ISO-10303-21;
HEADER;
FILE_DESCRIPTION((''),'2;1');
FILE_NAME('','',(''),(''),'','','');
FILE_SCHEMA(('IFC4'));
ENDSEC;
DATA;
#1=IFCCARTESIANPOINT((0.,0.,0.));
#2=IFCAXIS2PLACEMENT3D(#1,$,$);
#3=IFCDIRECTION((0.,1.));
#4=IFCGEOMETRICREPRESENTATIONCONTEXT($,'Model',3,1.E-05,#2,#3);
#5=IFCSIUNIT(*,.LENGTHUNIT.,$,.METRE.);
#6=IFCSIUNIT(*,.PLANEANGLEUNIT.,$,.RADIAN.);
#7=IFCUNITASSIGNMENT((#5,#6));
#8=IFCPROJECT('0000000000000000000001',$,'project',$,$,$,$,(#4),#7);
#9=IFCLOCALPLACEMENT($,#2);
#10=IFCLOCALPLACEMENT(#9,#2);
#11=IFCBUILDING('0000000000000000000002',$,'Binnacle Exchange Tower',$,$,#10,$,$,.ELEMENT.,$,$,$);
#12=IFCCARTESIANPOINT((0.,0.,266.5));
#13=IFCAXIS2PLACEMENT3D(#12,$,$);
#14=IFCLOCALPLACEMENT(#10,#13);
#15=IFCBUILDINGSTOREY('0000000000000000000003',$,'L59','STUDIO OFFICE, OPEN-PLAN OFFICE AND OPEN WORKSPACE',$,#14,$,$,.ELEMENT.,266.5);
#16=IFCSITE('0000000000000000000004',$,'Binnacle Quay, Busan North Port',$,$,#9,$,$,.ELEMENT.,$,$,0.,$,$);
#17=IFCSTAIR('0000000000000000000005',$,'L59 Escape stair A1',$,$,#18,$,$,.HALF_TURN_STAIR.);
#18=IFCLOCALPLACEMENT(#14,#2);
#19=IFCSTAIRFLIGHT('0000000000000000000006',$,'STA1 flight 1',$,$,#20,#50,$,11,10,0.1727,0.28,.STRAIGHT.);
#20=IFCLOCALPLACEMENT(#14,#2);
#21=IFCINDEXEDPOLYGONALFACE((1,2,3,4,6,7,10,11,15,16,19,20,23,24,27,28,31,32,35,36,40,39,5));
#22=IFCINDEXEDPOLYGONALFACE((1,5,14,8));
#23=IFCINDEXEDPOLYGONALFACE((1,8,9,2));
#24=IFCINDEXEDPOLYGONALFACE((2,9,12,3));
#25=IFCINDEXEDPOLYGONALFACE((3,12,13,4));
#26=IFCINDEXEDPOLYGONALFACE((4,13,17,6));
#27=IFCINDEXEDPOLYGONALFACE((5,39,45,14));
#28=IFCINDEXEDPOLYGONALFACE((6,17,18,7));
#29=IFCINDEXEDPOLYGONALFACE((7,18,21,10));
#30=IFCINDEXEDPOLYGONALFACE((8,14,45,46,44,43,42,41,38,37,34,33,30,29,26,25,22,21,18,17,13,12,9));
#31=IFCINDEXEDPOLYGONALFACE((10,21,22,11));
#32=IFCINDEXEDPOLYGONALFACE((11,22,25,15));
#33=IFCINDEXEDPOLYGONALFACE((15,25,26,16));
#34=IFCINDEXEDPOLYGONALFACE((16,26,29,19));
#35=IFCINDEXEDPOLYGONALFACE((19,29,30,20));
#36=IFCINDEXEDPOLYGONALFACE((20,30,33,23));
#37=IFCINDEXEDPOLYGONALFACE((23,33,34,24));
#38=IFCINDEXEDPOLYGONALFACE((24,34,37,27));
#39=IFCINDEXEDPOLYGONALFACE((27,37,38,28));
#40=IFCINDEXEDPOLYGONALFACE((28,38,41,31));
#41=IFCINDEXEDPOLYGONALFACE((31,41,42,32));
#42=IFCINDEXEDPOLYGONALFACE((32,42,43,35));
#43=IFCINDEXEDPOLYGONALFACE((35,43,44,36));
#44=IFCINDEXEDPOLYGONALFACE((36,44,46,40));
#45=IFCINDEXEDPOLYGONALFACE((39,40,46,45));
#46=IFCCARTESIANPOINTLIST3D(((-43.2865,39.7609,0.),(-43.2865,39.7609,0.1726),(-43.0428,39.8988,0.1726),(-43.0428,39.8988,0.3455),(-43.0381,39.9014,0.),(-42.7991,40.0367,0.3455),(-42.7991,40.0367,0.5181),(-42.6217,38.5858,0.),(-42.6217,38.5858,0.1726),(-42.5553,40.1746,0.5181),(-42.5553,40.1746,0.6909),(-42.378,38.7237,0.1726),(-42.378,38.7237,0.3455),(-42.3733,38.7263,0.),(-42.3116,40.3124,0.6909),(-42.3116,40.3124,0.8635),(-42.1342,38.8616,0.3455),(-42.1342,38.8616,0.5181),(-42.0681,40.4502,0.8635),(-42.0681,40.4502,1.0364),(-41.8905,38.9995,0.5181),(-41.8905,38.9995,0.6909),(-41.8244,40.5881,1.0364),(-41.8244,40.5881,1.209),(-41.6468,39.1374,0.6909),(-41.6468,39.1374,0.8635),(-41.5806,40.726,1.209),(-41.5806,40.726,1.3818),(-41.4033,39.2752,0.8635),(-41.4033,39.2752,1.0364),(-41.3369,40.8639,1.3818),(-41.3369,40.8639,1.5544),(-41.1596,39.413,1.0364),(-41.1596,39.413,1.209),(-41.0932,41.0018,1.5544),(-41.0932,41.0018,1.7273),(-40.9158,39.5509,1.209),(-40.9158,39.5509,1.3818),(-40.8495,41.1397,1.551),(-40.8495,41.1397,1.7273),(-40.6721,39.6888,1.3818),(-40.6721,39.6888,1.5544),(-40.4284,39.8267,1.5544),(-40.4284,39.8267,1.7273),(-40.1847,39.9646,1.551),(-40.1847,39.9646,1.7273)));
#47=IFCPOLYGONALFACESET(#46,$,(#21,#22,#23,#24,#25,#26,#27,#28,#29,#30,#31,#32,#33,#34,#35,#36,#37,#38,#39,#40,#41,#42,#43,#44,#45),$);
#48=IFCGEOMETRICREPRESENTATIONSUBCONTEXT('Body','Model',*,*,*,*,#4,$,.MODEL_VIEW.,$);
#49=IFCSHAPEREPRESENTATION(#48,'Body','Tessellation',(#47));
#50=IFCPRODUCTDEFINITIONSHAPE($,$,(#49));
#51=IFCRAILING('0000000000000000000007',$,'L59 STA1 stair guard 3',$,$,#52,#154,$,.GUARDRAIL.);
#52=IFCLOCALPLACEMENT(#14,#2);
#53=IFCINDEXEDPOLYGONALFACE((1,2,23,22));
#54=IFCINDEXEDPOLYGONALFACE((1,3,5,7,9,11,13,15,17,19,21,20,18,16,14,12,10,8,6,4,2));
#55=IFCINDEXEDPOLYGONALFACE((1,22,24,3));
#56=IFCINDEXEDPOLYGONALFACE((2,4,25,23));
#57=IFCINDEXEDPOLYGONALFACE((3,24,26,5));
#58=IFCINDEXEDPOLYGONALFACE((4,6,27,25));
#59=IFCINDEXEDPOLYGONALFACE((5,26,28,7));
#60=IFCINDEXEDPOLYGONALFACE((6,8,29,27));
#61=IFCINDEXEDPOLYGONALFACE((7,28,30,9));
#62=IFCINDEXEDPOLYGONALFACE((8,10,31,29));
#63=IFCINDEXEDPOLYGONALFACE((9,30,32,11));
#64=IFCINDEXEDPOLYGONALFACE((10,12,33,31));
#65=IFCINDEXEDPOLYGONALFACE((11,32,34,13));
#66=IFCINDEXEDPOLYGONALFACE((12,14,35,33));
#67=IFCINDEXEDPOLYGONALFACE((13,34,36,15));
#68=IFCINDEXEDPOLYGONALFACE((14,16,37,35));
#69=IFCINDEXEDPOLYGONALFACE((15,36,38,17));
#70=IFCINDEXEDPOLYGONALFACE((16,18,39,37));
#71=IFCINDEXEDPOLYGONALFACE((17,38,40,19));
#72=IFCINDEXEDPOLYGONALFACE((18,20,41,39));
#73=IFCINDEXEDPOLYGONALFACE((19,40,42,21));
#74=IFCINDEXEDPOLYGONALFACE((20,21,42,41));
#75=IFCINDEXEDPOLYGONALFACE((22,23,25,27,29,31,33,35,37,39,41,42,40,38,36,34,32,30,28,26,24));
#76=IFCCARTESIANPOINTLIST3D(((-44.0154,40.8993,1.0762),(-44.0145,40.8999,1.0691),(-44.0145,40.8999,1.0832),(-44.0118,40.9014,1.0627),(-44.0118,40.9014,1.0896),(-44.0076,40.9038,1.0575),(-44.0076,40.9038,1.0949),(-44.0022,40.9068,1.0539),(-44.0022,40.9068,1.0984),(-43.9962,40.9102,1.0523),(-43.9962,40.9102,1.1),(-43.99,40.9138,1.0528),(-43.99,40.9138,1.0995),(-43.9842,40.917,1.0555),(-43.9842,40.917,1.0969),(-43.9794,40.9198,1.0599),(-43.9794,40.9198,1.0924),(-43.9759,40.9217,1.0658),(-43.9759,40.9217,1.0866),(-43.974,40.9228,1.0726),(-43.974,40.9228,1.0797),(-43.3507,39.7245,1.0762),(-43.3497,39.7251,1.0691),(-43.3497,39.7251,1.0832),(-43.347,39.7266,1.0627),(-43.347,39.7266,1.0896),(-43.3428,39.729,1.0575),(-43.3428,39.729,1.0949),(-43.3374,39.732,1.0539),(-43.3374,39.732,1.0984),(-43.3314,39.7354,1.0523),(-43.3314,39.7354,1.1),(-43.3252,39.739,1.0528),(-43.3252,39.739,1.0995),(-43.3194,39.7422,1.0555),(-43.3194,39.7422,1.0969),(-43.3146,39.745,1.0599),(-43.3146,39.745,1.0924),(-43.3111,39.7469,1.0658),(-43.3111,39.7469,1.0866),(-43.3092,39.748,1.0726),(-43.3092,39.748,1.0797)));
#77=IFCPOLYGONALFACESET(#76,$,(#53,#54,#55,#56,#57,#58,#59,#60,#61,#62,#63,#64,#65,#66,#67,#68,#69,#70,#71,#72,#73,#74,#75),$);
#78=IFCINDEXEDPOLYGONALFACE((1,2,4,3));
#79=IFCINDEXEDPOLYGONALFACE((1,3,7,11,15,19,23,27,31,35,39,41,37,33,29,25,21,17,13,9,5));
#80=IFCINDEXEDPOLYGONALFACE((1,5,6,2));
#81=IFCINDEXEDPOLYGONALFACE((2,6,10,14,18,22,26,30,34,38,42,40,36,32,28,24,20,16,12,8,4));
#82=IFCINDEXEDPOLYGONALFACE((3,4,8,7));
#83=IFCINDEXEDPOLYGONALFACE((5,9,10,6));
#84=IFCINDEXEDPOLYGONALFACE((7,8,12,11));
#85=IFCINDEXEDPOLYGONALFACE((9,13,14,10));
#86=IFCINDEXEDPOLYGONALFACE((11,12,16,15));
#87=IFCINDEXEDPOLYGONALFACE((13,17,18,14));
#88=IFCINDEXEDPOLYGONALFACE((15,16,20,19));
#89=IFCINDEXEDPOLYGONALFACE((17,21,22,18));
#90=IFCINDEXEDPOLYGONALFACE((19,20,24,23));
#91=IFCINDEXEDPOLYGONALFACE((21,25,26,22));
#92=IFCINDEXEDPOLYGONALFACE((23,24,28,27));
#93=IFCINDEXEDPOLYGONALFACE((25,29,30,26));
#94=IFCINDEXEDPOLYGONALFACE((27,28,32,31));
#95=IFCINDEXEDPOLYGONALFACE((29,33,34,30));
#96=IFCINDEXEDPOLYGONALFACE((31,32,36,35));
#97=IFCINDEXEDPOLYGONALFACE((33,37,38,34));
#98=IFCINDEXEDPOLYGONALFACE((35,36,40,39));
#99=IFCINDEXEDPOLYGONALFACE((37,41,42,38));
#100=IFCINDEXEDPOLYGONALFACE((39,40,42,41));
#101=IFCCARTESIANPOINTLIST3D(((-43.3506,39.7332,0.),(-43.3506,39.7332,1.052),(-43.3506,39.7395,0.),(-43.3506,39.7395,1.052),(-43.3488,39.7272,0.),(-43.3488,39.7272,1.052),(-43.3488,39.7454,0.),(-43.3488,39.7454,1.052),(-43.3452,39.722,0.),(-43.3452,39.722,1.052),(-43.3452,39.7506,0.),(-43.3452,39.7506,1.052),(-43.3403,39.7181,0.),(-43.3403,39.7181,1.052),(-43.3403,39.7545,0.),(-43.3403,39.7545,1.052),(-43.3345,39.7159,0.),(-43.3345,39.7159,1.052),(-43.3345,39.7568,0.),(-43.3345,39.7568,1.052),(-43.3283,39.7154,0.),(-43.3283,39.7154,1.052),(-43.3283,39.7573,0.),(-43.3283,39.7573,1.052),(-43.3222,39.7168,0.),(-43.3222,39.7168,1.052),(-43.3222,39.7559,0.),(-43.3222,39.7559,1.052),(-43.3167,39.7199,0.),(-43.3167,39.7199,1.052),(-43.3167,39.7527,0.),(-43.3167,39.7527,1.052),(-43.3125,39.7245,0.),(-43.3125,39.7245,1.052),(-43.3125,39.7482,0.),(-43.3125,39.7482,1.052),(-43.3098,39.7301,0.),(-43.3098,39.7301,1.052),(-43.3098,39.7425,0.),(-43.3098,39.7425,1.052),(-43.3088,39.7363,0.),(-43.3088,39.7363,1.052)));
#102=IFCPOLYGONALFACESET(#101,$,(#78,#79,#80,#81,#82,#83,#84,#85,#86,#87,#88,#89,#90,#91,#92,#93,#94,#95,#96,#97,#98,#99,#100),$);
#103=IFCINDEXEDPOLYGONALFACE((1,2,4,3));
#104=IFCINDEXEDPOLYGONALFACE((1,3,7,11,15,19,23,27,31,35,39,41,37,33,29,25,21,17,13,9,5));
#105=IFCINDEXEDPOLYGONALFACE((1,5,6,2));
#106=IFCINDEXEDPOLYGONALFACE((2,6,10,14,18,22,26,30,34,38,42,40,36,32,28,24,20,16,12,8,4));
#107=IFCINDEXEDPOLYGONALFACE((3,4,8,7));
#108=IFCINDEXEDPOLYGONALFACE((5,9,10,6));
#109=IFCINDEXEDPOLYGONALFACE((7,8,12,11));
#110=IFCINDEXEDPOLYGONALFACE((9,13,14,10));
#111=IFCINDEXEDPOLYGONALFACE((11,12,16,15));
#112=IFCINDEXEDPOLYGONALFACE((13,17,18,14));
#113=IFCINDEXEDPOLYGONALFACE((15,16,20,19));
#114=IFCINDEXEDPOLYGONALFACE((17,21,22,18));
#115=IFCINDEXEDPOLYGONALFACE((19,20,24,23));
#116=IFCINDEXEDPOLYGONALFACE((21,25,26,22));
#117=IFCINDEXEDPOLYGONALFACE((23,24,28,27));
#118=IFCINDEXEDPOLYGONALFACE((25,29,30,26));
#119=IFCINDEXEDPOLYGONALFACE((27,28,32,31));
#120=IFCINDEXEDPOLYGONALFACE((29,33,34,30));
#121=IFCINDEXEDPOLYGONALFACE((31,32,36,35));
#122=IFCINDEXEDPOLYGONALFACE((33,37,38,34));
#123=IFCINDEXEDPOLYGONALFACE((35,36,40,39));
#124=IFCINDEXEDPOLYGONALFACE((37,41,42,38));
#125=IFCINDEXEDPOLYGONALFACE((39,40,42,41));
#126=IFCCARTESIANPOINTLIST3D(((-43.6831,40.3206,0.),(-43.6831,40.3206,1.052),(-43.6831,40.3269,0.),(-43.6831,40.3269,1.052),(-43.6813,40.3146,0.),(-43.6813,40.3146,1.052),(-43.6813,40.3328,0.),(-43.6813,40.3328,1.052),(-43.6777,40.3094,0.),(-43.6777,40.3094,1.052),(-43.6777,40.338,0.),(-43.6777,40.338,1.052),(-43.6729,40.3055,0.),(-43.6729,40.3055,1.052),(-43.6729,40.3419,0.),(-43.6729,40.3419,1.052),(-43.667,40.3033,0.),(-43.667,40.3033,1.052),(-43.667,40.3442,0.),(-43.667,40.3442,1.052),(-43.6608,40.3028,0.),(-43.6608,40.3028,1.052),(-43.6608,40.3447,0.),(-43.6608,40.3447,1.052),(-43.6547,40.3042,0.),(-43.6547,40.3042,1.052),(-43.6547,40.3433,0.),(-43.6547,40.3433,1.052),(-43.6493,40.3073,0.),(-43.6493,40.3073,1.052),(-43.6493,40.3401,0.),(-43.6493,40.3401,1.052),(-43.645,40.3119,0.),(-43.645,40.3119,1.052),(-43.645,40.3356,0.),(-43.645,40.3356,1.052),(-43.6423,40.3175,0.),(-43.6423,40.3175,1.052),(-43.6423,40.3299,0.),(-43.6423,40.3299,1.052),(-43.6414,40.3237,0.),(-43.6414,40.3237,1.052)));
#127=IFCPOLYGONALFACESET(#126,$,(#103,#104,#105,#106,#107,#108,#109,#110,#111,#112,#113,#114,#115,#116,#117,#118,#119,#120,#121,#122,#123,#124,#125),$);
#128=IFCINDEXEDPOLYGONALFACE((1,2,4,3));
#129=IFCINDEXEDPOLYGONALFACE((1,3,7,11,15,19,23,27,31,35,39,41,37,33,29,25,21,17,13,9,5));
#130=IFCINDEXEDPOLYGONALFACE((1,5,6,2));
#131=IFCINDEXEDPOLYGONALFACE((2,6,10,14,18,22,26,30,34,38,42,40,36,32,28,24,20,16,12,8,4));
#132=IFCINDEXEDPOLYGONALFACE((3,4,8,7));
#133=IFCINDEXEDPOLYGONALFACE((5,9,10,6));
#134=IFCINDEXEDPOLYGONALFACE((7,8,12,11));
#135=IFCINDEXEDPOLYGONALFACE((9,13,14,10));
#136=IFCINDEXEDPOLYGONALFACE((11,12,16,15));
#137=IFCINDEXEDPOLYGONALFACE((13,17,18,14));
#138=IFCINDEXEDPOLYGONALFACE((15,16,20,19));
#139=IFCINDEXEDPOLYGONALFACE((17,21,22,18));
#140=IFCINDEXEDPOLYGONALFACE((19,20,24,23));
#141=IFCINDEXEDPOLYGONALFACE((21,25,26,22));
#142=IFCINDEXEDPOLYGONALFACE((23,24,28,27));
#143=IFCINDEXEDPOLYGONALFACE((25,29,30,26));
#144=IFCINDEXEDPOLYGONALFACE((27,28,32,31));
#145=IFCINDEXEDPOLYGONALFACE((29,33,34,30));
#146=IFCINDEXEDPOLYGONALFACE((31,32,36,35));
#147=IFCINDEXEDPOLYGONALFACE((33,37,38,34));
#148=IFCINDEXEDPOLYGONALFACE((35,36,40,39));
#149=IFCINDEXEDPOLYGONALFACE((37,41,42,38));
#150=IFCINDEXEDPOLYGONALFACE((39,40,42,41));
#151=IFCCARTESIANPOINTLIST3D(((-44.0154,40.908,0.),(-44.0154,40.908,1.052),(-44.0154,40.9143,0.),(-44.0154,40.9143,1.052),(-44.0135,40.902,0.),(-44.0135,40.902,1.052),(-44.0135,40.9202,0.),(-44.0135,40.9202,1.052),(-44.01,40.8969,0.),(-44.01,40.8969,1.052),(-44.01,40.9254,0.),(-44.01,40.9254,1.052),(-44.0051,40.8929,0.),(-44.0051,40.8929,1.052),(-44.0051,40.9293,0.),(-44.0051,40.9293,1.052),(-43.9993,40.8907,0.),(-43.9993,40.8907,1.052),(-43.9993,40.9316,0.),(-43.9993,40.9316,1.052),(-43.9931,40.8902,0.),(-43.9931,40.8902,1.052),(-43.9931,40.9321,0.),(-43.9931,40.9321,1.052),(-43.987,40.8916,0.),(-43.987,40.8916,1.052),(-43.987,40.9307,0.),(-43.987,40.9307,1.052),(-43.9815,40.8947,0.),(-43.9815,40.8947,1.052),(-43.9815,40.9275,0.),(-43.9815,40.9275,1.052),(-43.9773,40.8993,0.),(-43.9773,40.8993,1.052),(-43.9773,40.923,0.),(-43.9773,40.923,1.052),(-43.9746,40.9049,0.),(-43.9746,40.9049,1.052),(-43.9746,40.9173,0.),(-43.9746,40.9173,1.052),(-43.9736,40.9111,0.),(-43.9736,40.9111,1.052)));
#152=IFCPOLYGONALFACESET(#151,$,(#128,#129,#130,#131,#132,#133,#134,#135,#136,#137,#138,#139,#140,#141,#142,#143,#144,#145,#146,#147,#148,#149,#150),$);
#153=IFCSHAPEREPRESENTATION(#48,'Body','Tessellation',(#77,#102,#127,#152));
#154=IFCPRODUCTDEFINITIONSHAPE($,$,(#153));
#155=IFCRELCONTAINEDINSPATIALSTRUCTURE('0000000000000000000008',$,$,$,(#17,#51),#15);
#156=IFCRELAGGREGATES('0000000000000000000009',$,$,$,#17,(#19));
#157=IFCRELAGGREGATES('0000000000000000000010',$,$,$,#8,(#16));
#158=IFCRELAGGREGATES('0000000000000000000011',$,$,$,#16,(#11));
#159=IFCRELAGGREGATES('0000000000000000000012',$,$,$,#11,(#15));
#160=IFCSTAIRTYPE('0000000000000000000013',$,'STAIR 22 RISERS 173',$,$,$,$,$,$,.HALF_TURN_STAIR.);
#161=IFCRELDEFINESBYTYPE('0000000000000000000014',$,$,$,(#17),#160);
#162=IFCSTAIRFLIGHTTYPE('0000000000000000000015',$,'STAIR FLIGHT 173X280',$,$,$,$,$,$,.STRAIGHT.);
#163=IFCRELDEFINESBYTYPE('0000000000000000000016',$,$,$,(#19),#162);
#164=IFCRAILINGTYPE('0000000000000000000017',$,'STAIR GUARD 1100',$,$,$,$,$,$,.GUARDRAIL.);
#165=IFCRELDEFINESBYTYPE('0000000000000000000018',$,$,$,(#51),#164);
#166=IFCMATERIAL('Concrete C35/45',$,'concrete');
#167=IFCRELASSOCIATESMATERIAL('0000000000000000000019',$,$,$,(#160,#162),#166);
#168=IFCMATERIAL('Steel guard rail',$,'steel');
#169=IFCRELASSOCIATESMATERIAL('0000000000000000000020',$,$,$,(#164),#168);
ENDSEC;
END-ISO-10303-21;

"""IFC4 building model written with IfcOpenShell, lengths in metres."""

from ifc_helpers import new_model, si_unit, direction, frame, origin, origin_2d, place, context, subcontext, project, spatial, polyline, circle, outline, extrude, material, type_object, element, aggregate, save


model = new_model("IFC4")

# Units and contexts
model_context = context("Model", 3, precision=1e-05, world=origin(), true_north=direction((0.0, 1.0)))
body_context = subcontext(model_context, "Body", "Model", "MODEL_VIEW")
ifc_project = project(units=[si_unit("LENGTHUNIT", "METRE"), si_unit("PLANEANGLEUNIT", "RADIAN")], contexts=[model_context])

# Site, building, storey
site_placement = place(None, origin())
site = spatial("IfcSite", under=ifc_project, at=site_placement, Name="Binnacle Quay, Busan North Port", CompositionType="ELEMENT", RefElevation=0.0)
building_placement = place(site_placement, origin())
building = spatial("IfcBuilding", under=site, at=building_placement, Name="Binnacle Exchange Tower", CompositionType="ELEMENT")
storey_placement = place(building_placement, frame((0.0, 0.0, 266.5)))
storey = spatial("IfcBuildingStorey", under=building, at=storey_placement, Name="L59", Description="STUDIO OFFICE, OPEN-PLAN OFFICE AND OPEN WORKSPACE", CompositionType="ELEMENT", Elevation=266.5)

# Stair, stair flight
ifc_material_1 = material(Name="Concrete C35/45", Category="concrete")
stair_type = type_object("IfcStairType", Name="STAIR 22 RISERS 173", PredefinedType="HALF_TURN_STAIR", material=ifc_material_1)
stair_placement = place(storey_placement, origin())
stair = element("IfcStair", 1, at=stair_placement, inside=storey, type_object=stair_type, Name="L59 Escape stair A1", PredefinedType="HALF_TURN_STAIR")
stair_flight_type = type_object("IfcStairFlightType", Name="STAIR FLIGHT 173X280", PredefinedType="STRAIGHT", material=ifc_material_1)
stair_flight_placement = place(storey_placement, frame((-42.9541, 39.1733, 0.0), z_axis=(0.0, 0.0, 1.0), x_axis=(0.870356, 0.492424, 0.0)))
stair_flight = element("IfcStairFlight", 2, at=stair_flight_placement, type_object=stair_flight_type, Name="STA1 flight 1", NumberOfRisers=11, NumberOfTreads=10, PredefinedType="STRAIGHT", RiserHeight=0.1727, TreadLength=0.28, context=body_context, shape_type="SweptSolid", body=[
    extrude(outline(polyline([(0.0, 0.0), (0.0, 0.1726), (0.28, 0.1726), (0.28, 0.3455), (0.5601, 0.3455), (0.5601, 0.5181), (0.8401, 0.5181), (0.8401, 0.6909), (1.1201, 0.6909), (1.1201, 0.8635), (1.3999, 0.8635), (1.3999, 1.0364), (1.6799, 1.0364), (1.6799, 1.209), (1.96, 1.209), (1.96, 1.3818), (2.24, 1.3818), (2.24, 1.5544), (2.52, 1.5544), (2.52, 1.7273), (2.8, 1.7273), (2.8, 1.8999), (2.8, 1.551), (0.2854, 0.0), (0.0, 0.0)])), frame((0.0, 0.675, 0.0), z_axis=(0.0, -1.0, 0.0), x_axis=(1.0, 0.0, 0.0)), (0.0, 0.0, 1.0), 1.3501),
])
aggregate(stair, [stair_flight])

# Railing
ifc_material_2 = material(Name="Steel guard rail", Category="steel")
railing_type_1 = type_object("IfcRailingType", Name="STAIR GUARD 1100", PredefinedType="GUARDRAIL", material=ifc_material_2)
railing_1_placement = place(storey_placement, frame((-43.3298, 39.7363, 0.0)))
element("IfcRailing", 3, at=railing_1_placement, inside=storey, type_object=railing_type_1, Name="L59 STA1 stair guard 3", PredefinedType="GUARDRAIL", context=body_context, shape_type="SweptSolid", body=[
    extrude(circle(Radius=0.0239, at=origin_2d()), frame((0.0, 0.0, 1.0762), z_axis=(-0.492492, 0.870317, 0.0), x_axis=(-0.870317, -0.492492, 0.0)), (0.0, 0.0, 1.0), 1.3499),
    extrude(circle(Radius=0.021, at=origin_2d()), origin(), (0.0, 0.0, 1.0), 1.052),
    extrude(circle(Radius=0.021, at=origin_2d()), frame((-0.3325, 0.5874, 0.0)), (0.0, 0.0, 1.0), 1.052),
    extrude(circle(Radius=0.021, at=origin_2d()), frame((-0.6648, 1.1748, 0.0)), (0.0, 0.0, 1.0), 1.052),
])

save(model, "model.ifc")
